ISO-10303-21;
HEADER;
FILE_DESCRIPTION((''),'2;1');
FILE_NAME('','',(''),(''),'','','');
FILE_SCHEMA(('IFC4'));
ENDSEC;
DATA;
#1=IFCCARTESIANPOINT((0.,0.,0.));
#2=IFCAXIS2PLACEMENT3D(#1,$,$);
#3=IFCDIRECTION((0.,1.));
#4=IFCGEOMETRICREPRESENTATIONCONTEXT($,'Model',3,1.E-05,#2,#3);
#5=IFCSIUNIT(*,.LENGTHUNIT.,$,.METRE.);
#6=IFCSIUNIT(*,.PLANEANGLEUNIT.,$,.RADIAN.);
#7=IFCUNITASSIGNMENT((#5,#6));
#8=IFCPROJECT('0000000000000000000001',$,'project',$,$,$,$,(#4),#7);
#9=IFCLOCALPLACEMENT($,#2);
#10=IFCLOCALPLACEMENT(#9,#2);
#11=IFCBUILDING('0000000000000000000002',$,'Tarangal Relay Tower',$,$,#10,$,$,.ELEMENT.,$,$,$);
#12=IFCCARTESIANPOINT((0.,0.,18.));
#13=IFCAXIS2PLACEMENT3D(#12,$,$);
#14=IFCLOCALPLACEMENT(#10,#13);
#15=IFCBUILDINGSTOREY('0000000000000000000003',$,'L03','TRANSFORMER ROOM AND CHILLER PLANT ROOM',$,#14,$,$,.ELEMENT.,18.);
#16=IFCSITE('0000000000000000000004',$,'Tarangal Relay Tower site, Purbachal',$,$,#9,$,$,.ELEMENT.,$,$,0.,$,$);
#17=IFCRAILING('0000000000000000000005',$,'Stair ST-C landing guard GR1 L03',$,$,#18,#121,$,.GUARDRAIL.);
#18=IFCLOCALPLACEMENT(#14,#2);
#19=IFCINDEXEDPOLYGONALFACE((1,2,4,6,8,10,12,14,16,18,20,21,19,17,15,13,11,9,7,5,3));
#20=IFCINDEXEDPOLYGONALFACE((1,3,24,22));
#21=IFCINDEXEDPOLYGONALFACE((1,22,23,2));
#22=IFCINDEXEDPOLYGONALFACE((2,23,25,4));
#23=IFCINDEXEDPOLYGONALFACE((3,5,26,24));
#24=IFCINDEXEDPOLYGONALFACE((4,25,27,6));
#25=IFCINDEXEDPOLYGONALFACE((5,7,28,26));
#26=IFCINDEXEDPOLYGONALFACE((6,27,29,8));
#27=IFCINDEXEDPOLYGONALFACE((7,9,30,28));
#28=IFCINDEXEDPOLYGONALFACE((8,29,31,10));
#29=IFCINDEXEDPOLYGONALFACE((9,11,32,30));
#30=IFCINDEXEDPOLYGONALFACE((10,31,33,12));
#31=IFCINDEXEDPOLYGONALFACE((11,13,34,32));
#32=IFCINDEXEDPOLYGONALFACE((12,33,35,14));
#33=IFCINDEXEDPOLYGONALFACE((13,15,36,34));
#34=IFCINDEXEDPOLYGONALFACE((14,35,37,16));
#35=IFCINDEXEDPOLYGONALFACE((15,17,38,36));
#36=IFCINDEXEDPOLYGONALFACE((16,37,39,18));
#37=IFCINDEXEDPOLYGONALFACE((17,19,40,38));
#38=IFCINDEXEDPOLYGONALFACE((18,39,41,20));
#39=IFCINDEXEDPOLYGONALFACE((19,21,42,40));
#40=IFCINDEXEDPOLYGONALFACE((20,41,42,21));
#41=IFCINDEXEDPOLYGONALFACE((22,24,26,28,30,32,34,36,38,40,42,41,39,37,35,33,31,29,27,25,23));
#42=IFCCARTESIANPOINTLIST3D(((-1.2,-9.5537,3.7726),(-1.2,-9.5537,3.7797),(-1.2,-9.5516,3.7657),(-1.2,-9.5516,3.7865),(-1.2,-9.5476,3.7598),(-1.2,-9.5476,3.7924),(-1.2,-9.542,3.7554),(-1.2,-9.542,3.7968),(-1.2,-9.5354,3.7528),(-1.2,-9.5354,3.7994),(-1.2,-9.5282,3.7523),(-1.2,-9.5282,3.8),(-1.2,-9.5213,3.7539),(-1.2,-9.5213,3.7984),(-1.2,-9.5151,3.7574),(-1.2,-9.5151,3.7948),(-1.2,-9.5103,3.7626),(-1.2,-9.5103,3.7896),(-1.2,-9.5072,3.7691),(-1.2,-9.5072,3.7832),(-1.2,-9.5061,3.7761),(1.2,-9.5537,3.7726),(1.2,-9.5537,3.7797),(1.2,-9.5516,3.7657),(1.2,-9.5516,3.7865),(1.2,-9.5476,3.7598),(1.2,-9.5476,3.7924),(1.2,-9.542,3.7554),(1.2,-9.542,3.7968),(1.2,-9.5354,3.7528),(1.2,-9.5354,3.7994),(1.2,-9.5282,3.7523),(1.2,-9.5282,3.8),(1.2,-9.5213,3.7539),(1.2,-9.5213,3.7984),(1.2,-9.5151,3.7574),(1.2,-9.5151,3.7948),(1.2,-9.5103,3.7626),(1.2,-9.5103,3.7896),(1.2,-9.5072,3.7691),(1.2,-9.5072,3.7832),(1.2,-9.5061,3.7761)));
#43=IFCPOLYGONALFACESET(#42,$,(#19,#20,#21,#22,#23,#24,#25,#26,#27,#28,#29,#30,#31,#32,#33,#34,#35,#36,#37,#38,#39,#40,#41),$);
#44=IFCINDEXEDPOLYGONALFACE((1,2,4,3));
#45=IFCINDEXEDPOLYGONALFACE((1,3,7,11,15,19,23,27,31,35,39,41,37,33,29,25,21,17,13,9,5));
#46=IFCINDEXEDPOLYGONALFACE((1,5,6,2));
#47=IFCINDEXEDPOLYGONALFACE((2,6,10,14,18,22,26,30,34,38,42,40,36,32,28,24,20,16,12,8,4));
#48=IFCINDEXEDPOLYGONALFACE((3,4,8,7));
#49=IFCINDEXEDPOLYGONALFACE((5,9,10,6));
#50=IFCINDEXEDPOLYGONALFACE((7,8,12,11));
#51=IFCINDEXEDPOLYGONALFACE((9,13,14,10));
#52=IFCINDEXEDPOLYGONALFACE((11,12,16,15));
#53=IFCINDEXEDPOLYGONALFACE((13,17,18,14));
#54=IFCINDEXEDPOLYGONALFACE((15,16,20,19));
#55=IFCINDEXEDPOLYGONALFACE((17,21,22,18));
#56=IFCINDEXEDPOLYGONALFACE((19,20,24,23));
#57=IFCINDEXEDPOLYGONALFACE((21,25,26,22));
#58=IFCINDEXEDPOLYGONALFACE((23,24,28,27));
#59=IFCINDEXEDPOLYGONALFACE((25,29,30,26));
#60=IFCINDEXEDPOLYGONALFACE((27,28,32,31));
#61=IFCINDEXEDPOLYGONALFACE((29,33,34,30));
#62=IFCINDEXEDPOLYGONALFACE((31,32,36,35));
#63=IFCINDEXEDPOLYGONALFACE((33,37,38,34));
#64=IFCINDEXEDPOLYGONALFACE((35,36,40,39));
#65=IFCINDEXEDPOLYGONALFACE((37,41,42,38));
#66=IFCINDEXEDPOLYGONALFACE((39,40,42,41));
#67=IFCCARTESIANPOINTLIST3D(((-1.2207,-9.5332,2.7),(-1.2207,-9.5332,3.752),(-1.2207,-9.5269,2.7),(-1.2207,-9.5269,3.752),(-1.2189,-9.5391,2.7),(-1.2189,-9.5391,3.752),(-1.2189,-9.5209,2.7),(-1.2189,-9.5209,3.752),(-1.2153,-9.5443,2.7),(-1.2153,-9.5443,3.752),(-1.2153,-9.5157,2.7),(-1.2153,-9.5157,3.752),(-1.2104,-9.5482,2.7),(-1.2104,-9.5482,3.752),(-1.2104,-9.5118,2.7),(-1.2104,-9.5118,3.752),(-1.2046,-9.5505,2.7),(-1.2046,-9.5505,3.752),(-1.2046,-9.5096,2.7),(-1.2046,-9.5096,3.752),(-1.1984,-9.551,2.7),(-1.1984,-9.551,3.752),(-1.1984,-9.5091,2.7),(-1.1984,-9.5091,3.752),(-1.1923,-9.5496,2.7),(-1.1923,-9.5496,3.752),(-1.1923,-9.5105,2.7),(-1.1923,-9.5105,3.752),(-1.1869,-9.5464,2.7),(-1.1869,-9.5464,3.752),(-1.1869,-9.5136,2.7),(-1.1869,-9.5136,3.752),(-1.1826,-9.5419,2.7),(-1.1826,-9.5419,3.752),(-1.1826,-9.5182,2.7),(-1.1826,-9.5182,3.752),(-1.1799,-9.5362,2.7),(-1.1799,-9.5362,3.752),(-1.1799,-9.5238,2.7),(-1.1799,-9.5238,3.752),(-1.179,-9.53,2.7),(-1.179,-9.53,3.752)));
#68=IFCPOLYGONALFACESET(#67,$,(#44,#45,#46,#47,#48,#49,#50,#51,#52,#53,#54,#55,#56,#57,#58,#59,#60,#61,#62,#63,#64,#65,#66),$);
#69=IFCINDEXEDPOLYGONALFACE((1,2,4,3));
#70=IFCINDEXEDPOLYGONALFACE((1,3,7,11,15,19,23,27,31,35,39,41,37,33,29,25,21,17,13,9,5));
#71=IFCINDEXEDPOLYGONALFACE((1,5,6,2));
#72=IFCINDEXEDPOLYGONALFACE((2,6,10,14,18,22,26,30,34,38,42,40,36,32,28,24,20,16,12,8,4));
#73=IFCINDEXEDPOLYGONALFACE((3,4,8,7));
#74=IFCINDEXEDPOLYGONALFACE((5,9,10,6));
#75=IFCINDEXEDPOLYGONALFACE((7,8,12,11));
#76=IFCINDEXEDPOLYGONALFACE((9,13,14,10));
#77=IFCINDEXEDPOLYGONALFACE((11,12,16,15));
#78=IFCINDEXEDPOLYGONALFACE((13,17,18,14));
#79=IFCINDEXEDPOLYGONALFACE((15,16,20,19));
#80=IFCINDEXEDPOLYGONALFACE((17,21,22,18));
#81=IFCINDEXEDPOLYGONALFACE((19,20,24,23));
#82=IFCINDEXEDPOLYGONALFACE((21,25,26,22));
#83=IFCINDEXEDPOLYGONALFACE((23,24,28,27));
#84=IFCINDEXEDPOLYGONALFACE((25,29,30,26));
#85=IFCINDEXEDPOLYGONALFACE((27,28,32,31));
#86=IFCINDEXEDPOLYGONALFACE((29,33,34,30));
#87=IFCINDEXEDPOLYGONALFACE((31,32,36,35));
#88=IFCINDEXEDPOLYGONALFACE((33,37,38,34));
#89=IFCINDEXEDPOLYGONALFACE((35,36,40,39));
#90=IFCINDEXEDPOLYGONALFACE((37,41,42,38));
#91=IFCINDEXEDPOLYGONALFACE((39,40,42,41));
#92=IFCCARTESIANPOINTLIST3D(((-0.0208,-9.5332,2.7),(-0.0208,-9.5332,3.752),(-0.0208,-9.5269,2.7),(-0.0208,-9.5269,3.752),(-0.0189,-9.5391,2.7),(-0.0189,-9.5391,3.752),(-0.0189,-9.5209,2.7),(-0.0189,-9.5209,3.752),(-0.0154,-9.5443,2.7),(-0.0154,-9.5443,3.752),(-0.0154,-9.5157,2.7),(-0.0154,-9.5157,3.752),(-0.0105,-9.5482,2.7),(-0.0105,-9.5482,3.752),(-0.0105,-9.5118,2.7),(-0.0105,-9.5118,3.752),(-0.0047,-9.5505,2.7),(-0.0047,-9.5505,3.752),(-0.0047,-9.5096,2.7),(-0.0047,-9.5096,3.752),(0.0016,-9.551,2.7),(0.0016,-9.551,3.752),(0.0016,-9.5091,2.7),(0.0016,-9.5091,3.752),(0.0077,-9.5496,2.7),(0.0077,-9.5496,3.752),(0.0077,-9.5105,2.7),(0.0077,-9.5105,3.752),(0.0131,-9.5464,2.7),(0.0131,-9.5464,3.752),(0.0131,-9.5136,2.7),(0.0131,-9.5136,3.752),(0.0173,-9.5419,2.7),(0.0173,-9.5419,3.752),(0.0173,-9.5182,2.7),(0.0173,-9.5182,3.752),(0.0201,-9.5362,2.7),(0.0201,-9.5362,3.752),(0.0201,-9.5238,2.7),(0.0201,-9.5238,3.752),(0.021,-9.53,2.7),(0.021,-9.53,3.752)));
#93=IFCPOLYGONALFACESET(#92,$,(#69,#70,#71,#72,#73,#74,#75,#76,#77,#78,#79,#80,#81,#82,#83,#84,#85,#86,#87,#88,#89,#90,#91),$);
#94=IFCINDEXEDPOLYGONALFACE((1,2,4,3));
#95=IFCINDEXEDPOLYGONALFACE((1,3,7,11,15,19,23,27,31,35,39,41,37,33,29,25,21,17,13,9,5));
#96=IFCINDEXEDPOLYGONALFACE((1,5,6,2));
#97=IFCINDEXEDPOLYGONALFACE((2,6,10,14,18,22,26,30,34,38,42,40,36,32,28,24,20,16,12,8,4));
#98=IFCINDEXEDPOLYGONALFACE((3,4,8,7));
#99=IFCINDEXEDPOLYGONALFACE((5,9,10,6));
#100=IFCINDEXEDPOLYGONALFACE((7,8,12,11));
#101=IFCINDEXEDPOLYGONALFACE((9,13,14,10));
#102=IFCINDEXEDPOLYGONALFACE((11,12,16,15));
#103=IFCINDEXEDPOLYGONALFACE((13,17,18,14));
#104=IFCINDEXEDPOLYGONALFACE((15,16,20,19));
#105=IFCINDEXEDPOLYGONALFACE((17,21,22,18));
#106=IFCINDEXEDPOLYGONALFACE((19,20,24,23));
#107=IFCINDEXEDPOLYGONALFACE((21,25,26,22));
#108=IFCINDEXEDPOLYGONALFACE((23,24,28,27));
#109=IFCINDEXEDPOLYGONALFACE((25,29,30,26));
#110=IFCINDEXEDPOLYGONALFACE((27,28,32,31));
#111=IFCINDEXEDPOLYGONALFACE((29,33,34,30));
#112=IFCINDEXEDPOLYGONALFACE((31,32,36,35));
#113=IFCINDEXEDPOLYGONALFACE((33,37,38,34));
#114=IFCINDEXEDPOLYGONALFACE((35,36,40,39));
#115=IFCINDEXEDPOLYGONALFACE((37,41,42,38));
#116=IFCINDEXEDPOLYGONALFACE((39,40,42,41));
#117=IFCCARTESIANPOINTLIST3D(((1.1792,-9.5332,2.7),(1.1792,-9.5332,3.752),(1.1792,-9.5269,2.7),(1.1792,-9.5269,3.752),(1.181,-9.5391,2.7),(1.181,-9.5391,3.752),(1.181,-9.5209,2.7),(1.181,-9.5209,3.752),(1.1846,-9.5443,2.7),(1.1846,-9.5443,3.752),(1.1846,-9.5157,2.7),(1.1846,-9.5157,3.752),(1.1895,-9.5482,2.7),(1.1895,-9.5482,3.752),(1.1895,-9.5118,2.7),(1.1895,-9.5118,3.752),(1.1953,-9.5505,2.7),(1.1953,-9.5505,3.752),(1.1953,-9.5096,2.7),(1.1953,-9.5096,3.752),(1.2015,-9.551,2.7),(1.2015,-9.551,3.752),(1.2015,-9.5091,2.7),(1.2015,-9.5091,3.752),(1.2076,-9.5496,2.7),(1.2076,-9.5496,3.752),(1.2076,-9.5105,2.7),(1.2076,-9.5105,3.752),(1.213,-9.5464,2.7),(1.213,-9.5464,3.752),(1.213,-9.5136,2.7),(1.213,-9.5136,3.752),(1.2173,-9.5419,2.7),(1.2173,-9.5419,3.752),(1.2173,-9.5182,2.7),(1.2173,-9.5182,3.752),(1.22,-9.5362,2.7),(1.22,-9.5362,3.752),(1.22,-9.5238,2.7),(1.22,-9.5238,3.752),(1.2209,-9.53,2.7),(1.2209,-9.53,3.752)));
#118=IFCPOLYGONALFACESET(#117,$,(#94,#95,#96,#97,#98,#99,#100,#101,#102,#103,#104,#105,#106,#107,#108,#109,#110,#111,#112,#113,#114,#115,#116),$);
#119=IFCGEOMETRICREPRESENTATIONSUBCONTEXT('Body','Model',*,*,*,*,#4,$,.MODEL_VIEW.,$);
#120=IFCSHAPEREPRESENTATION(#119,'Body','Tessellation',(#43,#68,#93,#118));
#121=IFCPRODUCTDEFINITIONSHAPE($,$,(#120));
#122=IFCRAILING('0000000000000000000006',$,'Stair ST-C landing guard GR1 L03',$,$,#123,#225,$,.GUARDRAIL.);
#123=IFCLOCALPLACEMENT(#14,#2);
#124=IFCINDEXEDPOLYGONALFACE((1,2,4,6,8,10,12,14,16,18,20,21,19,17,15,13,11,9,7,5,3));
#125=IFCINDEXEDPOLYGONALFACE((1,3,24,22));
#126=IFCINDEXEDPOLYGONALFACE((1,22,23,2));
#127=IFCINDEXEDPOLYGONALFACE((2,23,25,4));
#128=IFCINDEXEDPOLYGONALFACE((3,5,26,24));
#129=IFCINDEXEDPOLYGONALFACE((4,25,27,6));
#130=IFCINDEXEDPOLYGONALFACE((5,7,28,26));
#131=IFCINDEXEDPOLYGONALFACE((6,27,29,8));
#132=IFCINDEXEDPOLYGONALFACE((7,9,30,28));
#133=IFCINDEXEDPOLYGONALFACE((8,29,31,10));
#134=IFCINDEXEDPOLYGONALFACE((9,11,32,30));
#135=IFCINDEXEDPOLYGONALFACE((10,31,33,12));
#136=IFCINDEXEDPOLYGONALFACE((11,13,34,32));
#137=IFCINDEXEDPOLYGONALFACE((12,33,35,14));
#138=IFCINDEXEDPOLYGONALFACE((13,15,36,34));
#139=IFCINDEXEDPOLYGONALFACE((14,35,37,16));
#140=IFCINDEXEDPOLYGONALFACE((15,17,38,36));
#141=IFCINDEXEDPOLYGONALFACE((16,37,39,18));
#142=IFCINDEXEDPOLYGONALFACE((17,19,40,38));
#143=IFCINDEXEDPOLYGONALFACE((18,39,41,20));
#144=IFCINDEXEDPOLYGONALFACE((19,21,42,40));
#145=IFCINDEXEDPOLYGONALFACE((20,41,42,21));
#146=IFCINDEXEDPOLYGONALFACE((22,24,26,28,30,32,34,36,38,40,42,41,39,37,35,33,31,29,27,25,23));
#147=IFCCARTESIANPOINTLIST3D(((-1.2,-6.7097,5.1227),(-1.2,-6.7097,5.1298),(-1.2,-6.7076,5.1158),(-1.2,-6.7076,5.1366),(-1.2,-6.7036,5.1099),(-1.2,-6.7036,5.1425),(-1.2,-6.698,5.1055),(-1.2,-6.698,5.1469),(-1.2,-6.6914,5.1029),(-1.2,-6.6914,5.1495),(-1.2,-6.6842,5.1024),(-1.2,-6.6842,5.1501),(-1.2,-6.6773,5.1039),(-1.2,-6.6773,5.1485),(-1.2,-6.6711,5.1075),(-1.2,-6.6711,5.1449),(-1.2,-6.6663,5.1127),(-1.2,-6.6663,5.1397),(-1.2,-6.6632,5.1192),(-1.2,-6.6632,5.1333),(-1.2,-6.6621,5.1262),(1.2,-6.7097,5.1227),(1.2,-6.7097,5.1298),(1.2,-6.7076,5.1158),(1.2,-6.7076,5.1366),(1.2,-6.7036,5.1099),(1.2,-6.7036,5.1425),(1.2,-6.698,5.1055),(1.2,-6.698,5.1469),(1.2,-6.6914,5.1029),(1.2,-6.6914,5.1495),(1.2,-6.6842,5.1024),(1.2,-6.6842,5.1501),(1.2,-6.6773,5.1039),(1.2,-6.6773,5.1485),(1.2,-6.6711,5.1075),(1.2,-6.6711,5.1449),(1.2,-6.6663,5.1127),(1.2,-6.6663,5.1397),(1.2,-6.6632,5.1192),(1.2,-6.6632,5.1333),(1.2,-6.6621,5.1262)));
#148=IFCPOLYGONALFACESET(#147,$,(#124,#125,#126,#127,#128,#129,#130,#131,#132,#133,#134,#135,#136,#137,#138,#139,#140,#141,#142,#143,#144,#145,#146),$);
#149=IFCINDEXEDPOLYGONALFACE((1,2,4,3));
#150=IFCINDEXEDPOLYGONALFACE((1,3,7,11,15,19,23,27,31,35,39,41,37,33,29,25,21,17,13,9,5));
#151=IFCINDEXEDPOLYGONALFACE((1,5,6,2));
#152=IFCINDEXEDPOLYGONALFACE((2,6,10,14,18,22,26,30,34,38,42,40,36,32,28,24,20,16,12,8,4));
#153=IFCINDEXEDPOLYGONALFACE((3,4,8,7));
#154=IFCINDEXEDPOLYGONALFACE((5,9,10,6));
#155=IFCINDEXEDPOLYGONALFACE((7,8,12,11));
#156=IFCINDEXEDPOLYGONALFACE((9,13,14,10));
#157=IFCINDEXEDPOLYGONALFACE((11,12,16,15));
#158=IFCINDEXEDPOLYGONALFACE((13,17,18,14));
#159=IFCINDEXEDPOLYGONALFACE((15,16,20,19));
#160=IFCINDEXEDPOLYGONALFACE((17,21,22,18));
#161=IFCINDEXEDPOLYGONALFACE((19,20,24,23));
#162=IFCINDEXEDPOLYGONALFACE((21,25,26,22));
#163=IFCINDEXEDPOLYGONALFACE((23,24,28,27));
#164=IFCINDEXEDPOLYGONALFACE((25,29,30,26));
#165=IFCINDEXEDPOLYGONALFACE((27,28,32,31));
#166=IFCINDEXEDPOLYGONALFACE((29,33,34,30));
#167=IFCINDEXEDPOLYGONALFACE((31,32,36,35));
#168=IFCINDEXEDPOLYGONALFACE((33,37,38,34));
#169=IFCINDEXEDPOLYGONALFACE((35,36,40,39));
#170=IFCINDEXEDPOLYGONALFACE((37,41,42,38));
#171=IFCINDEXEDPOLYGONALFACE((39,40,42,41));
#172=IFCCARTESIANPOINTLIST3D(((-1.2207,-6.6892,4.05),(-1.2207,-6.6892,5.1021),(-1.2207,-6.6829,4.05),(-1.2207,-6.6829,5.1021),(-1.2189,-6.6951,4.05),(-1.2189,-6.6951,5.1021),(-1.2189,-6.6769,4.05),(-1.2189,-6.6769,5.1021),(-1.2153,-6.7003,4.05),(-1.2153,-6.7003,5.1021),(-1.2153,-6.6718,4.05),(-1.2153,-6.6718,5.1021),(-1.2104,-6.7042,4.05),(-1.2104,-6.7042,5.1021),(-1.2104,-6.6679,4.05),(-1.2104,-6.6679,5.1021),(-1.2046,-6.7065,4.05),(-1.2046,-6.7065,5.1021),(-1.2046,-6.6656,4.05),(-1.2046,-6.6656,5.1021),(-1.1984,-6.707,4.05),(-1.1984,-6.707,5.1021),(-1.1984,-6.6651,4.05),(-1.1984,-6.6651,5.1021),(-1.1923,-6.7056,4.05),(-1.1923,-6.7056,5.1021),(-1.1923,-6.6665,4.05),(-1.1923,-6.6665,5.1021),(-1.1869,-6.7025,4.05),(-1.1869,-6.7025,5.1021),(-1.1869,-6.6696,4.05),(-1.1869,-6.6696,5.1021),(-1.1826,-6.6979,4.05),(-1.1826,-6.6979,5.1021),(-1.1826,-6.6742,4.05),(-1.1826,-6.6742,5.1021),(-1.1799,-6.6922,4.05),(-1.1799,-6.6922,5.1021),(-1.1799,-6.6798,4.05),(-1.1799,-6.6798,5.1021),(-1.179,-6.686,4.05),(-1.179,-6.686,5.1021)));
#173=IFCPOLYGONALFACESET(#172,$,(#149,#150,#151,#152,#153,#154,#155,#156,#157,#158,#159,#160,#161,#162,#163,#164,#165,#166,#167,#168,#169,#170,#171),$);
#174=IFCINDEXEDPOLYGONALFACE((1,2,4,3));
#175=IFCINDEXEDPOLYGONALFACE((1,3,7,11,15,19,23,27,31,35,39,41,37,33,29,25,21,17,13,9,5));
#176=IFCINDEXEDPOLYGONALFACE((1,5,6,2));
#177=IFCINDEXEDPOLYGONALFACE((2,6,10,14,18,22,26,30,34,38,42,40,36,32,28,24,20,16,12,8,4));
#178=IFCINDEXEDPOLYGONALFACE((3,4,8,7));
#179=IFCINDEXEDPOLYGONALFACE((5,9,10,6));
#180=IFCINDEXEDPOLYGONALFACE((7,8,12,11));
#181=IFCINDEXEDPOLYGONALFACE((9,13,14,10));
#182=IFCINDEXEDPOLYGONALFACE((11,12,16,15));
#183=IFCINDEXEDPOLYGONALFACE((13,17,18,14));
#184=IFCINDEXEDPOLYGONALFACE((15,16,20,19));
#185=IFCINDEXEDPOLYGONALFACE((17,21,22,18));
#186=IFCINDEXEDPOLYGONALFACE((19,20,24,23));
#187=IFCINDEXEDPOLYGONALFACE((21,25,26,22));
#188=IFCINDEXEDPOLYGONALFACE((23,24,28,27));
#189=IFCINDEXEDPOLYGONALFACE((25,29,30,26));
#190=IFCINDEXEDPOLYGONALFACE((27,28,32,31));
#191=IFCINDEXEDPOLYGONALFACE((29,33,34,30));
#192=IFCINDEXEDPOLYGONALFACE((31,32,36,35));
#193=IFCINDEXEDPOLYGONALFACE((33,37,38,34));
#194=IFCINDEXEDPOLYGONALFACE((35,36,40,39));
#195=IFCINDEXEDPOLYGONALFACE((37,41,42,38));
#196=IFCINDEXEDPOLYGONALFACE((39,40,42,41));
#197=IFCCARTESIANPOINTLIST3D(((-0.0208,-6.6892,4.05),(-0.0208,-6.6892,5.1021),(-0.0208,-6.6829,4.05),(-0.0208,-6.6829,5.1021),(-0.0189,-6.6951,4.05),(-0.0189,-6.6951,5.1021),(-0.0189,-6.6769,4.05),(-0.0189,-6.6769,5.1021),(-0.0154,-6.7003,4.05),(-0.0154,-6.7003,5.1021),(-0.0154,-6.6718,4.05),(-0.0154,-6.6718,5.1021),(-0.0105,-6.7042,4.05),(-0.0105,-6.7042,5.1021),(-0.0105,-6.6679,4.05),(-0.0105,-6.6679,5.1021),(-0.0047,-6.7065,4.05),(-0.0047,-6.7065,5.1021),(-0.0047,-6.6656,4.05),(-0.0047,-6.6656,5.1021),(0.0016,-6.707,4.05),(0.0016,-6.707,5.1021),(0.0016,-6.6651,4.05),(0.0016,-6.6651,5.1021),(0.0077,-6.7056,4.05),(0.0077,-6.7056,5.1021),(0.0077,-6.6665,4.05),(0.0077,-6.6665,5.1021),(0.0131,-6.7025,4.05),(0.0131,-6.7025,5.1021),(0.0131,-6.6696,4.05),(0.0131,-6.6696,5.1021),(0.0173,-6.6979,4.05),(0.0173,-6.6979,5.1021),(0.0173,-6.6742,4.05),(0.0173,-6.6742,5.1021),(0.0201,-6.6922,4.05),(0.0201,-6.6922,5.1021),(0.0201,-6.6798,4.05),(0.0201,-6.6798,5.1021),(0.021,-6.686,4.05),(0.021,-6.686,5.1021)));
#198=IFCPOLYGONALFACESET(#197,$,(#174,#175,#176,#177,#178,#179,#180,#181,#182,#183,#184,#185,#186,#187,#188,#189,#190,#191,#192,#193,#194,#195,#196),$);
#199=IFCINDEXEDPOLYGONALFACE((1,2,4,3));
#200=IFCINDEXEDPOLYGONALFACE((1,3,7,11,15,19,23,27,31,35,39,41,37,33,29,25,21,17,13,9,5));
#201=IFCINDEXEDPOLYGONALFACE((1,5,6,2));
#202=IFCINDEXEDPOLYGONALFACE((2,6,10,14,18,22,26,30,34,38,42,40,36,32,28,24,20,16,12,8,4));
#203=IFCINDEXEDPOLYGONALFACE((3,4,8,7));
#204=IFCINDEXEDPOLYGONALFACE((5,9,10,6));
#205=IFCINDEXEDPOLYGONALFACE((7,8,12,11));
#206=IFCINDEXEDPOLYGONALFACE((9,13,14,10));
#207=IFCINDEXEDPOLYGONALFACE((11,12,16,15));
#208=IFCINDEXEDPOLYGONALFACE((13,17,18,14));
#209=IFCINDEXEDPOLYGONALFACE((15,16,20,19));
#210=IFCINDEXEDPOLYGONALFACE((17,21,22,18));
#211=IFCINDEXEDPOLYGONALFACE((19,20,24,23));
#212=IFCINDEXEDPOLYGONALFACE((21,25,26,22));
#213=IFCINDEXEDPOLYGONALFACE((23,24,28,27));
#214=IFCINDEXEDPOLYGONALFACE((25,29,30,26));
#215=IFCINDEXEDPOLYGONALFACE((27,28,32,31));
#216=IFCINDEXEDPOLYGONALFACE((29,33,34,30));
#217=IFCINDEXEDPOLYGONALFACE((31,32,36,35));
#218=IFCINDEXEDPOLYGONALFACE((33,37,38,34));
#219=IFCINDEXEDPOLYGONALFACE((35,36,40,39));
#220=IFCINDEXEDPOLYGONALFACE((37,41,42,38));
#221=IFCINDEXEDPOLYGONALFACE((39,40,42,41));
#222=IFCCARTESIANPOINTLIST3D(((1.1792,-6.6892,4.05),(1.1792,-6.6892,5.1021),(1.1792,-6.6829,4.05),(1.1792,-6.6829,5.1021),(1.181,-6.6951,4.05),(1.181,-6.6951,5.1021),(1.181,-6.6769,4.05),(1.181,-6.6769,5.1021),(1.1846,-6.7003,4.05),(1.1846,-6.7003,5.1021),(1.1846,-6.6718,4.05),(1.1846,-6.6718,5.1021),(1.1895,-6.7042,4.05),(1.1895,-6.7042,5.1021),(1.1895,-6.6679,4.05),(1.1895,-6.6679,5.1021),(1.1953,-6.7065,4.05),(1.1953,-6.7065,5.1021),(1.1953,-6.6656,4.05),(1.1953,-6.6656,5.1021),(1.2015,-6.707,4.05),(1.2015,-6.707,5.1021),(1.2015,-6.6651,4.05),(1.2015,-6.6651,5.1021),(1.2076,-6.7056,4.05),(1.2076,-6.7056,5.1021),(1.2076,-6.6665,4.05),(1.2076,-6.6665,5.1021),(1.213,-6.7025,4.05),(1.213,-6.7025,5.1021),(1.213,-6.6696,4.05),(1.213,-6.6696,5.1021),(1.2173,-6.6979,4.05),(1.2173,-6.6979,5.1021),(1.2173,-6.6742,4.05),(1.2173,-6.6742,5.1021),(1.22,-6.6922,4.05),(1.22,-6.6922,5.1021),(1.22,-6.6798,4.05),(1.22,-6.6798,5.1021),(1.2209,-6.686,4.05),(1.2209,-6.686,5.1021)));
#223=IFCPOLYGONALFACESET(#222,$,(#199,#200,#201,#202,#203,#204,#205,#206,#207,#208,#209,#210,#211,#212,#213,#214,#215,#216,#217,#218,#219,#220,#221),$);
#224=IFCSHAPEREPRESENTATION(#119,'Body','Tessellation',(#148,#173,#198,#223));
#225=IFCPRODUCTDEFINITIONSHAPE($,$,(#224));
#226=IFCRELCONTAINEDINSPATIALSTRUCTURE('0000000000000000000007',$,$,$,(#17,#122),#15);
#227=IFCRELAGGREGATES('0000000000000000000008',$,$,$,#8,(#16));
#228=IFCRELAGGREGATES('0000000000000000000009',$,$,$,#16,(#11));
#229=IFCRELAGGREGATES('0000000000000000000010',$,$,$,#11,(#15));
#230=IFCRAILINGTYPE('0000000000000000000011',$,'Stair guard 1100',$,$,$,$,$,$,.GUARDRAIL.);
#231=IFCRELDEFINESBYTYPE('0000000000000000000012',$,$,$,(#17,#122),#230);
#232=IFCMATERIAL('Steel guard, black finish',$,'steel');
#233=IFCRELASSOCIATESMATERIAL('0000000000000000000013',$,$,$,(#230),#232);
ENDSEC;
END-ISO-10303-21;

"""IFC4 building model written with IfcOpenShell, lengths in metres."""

from ifc_helpers import new_model, si_unit, direction, frame, origin, origin_2d, place, context, subcontext, project, spatial, circle, extrude, material, type_object, element, save


model = new_model("IFC4")

# Units and contexts
model_context = context("Model", 3, precision=1e-05, world=origin(), true_north=direction((0.0, 1.0)))
body_context = subcontext(model_context, "Body", "Model", "MODEL_VIEW")
ifc_project = project(units=[si_unit("LENGTHUNIT", "METRE"), si_unit("PLANEANGLEUNIT", "RADIAN")], contexts=[model_context])

# Site, building, storey
site_placement = place(None, origin())
site = spatial("IfcSite", under=ifc_project, at=site_placement, Name="Tarangal Relay Tower site, Purbachal", CompositionType="ELEMENT", RefElevation=0.0)
building_placement = place(site_placement, origin())
building = spatial("IfcBuilding", under=site, at=building_placement, Name="Tarangal Relay Tower", CompositionType="ELEMENT")
storey_placement = place(building_placement, frame((0.0, 0.0, 18.0)))
storey = spatial("IfcBuildingStorey", under=building, at=storey_placement, Name="L03", Description="TRANSFORMER ROOM AND CHILLER PLANT ROOM", CompositionType="ELEMENT", Elevation=18.0)

# Railings
ifc_material_1 = material(Name="Steel guard, black finish", Category="steel")
railing_type_1 = type_object("IfcRailingType", Name="Stair guard 1100", PredefinedType="GUARDRAIL", material=ifc_material_1)
for number, where, name in (
    (1, (-1.2, -9.53, 2.7), "Stair ST-C landing guard GR1 L03"),
    (2, (-1.2, -6.686, 4.05), "Stair ST-C landing guard GR1 L03"),
):
    element("IfcRailing", number, at=place(storey_placement, frame(where)), inside=storey, type_object=railing_type_1, Name=name, PredefinedType="GUARDRAIL", context=body_context, shape_type="SweptSolid", body=[
        extrude(circle(Radius=0.0239, at=origin_2d()), frame((0.0, 0.0, 1.0762), z_axis=(1.0, 0.0, 0.0), x_axis=(0.0, 1.0, 0.0)), (0.0, 0.0, 1.0), 2.3999),
        extrude(circle(Radius=0.021, at=origin_2d()), origin(), (0.0, 0.0, 1.0), 1.052),
        extrude(circle(Radius=0.021, at=origin_2d()), frame((1.2, 0.0, 0.0)), (0.0, 0.0, 1.0), 1.052),
        extrude(circle(Radius=0.021, at=origin_2d()), frame((2.3999, 0.0, 0.0)), (0.0, 0.0, 1.0), 1.052),
    ])

save(model, "model.ifc")
